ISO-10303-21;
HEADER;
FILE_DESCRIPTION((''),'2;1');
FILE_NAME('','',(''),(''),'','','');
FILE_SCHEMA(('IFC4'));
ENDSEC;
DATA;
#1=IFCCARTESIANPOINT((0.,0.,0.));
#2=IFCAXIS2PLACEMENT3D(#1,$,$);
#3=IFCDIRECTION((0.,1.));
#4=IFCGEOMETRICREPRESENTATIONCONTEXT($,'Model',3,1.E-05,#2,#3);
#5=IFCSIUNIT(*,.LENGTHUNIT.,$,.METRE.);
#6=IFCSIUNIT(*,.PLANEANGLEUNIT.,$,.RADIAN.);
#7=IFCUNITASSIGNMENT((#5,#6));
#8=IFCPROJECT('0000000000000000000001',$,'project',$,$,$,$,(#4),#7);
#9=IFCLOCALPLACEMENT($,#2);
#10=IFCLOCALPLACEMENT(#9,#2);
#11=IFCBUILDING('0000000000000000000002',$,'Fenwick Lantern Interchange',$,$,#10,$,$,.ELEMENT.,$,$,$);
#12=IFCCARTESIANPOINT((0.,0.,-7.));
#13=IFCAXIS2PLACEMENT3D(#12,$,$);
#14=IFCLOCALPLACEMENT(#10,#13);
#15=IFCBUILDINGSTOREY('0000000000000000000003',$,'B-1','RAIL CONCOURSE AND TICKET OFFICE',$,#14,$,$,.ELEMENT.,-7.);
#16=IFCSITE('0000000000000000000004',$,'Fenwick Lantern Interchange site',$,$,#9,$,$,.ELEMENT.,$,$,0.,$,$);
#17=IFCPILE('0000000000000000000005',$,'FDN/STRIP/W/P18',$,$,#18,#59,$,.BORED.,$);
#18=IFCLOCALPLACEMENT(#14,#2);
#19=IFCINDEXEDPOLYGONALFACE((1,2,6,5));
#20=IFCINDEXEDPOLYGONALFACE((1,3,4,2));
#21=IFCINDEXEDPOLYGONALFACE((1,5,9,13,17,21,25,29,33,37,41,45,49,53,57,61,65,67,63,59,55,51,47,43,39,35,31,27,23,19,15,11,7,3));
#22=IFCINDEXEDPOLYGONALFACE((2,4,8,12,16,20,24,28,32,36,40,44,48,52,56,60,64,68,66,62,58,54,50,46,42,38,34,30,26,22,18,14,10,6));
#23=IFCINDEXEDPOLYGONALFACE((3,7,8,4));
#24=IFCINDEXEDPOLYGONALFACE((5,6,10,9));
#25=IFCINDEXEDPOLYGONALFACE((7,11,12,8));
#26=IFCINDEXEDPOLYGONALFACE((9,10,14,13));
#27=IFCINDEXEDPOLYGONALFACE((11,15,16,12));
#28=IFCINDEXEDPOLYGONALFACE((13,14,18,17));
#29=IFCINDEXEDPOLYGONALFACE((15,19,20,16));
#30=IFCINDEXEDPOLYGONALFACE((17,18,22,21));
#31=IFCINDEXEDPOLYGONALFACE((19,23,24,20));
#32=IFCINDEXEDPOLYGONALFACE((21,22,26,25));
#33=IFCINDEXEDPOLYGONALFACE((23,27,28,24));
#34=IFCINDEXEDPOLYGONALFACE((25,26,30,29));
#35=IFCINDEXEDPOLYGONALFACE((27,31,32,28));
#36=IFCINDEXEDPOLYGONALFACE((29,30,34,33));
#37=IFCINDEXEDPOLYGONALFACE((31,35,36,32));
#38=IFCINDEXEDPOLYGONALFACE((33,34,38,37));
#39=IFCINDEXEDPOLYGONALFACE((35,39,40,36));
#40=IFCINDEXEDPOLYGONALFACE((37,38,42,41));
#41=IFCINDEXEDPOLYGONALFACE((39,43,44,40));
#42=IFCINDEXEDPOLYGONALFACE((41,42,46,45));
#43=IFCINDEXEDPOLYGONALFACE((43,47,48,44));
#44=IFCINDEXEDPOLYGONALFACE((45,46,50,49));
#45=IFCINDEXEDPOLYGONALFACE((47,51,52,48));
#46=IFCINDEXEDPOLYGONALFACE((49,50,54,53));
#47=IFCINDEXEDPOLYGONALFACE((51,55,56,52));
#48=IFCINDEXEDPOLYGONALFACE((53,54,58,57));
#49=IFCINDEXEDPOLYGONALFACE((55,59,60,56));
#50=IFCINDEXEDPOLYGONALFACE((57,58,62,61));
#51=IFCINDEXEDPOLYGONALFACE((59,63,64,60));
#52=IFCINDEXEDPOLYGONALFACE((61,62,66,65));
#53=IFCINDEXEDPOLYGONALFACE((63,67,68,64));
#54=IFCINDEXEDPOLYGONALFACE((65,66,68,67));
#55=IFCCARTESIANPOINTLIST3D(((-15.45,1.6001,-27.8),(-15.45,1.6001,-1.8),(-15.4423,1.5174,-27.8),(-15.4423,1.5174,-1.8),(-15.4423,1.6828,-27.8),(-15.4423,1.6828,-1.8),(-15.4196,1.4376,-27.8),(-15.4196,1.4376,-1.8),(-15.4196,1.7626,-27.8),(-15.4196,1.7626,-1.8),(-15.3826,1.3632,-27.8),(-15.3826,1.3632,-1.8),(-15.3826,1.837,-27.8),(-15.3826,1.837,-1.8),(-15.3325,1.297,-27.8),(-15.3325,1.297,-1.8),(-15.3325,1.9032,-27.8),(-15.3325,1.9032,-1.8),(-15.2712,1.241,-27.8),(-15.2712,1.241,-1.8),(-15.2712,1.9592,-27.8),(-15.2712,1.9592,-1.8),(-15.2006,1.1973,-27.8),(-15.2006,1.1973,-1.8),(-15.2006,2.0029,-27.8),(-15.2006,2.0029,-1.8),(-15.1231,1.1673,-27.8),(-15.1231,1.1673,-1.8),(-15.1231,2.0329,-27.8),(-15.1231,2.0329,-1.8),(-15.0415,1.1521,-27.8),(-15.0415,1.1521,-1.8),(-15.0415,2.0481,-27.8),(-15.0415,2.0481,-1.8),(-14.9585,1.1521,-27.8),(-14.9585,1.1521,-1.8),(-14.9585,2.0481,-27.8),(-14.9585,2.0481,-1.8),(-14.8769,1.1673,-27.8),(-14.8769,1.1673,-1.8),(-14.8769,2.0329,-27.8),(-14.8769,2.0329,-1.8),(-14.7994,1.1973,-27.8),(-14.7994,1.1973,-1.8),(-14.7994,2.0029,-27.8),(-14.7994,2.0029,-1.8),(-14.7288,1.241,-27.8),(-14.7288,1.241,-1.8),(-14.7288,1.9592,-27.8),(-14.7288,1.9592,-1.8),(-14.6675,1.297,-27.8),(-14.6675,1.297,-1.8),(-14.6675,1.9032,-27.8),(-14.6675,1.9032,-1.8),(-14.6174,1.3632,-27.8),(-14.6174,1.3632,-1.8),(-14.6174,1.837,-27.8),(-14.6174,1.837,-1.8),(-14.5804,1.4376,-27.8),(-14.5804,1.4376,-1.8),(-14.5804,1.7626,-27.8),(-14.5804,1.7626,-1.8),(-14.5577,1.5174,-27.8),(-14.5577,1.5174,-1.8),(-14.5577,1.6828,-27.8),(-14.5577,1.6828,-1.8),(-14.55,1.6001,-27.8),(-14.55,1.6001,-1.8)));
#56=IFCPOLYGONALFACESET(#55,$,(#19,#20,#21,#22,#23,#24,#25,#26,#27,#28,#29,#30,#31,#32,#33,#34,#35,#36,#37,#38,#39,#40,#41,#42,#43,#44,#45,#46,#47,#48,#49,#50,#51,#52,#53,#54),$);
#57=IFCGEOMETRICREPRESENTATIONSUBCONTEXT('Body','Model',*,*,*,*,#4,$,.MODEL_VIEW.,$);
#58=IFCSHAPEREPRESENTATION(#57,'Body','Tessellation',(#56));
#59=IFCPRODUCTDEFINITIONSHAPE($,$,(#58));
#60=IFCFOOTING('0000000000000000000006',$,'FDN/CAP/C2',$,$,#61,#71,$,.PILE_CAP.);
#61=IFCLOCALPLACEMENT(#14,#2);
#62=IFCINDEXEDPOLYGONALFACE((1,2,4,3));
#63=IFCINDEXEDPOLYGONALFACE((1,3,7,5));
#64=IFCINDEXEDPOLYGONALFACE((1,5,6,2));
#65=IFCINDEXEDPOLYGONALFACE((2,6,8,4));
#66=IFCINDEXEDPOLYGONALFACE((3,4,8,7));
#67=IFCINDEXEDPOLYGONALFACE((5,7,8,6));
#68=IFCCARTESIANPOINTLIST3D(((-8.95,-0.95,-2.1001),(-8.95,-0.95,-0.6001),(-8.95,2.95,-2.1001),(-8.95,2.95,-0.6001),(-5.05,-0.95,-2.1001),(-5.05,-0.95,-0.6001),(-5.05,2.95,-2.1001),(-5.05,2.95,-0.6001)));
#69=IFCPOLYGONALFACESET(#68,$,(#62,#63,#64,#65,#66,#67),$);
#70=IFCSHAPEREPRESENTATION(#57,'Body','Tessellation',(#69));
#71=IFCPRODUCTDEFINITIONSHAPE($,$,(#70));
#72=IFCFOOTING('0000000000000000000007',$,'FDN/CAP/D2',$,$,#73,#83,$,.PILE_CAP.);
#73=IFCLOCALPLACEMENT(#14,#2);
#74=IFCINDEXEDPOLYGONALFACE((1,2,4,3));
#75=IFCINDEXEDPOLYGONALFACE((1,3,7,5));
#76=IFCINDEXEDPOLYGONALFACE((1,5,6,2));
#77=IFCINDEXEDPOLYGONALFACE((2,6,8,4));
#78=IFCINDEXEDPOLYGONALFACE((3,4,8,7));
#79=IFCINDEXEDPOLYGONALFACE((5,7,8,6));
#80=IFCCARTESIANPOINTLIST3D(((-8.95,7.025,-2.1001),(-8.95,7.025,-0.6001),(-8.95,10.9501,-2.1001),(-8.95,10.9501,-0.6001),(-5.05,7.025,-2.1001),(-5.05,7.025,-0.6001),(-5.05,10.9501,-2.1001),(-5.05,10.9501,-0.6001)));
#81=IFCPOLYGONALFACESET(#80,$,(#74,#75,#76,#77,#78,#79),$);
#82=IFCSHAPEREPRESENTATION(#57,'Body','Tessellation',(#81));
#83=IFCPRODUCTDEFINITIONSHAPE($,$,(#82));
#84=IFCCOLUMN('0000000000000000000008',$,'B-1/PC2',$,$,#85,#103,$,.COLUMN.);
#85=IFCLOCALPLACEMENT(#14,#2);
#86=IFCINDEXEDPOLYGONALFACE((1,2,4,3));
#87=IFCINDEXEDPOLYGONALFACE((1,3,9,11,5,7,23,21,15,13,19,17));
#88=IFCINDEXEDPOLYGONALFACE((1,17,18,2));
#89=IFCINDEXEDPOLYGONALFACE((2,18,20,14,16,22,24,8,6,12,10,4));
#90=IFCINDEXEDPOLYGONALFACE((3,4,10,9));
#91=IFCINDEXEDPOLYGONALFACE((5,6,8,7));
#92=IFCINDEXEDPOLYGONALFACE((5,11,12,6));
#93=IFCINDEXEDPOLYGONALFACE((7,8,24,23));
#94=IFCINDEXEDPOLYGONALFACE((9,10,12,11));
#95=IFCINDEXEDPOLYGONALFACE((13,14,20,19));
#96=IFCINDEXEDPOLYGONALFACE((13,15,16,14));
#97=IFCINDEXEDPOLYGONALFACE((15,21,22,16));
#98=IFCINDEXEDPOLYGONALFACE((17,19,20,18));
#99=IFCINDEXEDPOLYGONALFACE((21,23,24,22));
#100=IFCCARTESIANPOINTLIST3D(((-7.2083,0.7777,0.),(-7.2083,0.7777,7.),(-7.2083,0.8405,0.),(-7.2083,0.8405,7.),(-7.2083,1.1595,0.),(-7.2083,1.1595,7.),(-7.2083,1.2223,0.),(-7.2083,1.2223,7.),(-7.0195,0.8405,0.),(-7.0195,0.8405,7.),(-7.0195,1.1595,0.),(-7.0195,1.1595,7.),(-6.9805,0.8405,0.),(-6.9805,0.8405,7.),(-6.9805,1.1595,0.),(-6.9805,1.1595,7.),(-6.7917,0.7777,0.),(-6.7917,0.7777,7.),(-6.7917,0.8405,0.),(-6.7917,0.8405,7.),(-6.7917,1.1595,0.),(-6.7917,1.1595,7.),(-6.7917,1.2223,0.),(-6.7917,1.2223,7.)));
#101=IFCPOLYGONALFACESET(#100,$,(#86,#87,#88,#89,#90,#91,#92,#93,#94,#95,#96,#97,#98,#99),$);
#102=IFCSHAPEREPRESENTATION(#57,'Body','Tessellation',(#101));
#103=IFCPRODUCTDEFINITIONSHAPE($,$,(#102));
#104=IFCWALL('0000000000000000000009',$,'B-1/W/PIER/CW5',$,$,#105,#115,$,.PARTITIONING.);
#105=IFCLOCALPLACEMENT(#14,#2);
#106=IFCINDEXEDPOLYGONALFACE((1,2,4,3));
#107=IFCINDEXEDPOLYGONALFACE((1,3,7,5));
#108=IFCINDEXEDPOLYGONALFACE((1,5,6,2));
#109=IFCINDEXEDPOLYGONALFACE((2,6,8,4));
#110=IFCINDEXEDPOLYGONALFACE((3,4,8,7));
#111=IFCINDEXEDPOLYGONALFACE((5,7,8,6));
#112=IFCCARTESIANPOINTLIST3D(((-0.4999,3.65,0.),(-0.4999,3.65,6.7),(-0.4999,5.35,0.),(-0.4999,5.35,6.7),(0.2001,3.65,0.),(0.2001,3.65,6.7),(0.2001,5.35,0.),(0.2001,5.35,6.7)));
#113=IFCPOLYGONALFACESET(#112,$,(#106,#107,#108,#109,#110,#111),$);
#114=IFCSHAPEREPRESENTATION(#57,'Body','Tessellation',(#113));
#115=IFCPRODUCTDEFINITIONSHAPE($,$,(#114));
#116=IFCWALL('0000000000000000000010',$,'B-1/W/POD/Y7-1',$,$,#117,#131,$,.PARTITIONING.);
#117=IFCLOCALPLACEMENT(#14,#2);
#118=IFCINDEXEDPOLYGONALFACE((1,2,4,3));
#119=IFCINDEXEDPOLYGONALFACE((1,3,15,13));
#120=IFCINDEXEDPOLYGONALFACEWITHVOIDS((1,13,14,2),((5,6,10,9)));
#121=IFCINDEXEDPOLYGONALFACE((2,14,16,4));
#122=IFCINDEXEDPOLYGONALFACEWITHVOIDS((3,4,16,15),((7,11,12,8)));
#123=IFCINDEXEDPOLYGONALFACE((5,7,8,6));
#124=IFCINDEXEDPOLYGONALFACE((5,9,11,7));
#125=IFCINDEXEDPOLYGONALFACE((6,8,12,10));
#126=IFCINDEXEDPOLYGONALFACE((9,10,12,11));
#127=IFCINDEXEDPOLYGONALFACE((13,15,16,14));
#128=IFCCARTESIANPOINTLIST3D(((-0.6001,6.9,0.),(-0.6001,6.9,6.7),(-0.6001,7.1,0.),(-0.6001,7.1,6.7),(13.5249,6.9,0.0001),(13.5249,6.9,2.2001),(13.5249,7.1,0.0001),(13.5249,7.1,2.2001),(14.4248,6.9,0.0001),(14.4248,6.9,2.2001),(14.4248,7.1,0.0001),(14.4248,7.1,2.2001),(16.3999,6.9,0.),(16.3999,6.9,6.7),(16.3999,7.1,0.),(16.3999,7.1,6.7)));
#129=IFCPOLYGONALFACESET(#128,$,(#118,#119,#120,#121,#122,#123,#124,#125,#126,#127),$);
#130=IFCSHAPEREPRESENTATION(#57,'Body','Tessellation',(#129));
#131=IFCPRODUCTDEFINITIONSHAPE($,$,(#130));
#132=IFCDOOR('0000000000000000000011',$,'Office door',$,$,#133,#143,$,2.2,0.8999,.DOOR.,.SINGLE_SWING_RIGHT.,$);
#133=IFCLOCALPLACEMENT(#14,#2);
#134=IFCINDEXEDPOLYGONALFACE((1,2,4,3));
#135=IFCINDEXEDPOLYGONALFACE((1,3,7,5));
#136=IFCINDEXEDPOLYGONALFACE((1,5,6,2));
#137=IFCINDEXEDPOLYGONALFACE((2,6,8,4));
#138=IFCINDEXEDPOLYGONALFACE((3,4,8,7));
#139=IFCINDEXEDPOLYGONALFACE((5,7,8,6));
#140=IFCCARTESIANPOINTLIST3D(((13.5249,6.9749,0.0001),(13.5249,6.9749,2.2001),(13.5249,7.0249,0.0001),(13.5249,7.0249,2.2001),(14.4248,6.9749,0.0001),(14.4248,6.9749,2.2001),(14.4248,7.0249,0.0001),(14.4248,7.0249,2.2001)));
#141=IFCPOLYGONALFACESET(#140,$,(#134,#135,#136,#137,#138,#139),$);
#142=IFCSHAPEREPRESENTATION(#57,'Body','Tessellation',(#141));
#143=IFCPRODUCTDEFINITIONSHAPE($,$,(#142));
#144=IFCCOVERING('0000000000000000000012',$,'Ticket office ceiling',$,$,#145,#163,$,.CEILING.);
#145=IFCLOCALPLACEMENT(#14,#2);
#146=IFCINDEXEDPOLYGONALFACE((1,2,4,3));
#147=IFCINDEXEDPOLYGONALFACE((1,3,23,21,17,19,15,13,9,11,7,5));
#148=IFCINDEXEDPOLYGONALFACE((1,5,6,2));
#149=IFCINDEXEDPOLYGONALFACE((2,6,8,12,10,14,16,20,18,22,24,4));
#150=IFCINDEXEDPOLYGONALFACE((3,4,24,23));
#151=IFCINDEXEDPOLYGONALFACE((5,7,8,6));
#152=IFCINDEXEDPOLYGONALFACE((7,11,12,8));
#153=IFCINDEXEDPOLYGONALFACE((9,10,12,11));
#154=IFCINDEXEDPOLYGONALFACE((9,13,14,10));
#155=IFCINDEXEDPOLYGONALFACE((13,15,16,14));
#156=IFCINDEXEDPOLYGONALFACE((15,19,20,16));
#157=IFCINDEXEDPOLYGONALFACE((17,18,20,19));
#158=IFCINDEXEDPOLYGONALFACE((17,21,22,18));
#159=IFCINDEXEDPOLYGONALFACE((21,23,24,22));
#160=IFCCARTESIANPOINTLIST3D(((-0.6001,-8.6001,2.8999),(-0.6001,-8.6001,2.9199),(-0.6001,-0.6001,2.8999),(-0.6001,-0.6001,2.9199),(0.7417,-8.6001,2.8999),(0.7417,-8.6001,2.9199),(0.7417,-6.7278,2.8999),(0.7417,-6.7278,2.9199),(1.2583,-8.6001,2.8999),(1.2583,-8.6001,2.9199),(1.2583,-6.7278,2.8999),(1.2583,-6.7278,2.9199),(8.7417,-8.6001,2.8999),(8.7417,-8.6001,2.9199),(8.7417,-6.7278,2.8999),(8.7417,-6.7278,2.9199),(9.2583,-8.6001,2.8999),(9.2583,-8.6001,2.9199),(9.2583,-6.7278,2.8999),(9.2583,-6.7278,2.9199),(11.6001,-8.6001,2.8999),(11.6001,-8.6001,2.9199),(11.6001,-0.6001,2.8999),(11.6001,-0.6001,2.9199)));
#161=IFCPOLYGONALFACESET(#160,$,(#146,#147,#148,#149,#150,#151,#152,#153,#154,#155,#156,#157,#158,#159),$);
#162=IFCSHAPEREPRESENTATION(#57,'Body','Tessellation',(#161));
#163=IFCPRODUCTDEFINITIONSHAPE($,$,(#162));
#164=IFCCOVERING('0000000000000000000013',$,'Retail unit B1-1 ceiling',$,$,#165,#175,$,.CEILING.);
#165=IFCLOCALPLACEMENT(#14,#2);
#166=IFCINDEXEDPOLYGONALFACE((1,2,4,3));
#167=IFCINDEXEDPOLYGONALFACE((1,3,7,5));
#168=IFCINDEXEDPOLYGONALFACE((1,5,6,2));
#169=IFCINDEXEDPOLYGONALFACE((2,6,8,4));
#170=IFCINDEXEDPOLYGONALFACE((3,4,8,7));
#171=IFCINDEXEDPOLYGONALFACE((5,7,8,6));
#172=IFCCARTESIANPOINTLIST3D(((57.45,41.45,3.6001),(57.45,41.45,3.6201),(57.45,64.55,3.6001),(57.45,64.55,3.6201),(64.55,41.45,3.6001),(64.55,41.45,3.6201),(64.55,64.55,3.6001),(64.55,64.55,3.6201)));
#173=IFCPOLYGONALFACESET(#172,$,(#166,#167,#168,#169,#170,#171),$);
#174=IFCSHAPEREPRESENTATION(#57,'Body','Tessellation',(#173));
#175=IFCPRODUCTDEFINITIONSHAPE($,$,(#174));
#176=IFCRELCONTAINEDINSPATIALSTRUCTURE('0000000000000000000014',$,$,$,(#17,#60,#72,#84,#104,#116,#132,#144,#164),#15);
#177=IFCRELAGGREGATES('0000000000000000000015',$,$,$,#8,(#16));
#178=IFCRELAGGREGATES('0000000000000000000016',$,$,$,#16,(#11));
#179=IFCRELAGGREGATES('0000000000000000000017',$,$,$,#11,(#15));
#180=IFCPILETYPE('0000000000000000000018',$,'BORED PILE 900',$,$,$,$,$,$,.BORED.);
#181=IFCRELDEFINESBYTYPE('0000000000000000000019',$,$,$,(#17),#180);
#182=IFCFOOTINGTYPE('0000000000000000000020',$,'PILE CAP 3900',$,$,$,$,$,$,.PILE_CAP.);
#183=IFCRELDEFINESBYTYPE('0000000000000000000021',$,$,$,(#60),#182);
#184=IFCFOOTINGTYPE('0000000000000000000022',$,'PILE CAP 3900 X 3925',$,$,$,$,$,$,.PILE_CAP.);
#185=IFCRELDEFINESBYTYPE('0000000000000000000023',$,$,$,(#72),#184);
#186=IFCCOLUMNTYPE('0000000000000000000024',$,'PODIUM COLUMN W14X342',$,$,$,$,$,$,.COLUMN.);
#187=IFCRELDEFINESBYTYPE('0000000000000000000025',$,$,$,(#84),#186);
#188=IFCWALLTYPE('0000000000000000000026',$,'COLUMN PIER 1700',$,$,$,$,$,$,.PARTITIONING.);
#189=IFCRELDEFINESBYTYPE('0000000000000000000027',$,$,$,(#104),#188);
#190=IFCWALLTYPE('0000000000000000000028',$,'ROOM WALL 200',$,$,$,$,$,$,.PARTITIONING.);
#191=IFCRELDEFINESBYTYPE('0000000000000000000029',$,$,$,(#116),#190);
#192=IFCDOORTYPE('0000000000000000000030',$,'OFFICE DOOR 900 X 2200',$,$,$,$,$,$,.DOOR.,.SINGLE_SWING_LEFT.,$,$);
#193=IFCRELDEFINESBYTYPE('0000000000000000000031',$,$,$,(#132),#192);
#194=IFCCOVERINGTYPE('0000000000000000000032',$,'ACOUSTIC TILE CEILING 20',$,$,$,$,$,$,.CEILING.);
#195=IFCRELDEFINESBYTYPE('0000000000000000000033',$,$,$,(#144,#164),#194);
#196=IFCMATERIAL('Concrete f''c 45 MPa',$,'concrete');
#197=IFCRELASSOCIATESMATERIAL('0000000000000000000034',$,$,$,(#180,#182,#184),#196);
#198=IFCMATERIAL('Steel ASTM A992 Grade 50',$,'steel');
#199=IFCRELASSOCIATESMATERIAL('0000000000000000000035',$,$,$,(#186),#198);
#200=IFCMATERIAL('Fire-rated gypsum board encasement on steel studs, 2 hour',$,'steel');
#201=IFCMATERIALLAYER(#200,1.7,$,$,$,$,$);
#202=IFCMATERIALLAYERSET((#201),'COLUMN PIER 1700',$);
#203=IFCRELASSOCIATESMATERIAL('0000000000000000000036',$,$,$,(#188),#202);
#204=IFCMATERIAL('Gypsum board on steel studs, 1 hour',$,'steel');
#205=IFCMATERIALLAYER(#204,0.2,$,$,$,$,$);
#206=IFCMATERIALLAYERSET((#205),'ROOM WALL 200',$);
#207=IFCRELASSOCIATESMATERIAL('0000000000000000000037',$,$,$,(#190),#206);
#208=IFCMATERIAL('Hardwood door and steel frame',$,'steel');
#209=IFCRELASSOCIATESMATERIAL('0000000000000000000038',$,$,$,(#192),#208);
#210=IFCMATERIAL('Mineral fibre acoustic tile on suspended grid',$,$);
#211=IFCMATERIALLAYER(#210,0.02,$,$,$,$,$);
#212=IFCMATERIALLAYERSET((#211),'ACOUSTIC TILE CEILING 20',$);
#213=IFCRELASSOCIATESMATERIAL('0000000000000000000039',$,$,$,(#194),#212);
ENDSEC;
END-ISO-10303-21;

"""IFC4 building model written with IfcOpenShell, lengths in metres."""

from ifc_helpers import new_model, si_unit, direction, frame, frame_2d, origin, origin_2d, place, context, subcontext, project, spatial, polyline, rectangle, circle, i_section, outline, extrude, material, layer, layer_set, material_profile, profile_set, type_object, element, fill, save


model = new_model("IFC4")

# Units and contexts
model_context = context("Model", 3, precision=1e-05, world=origin(), true_north=direction((0.0, 1.0)))
body_context = subcontext(model_context, "Body", "Model", "MODEL_VIEW")
ifc_project = project(units=[si_unit("LENGTHUNIT", "METRE"), si_unit("PLANEANGLEUNIT", "RADIAN")], contexts=[model_context])

# Site, building, storey
site_placement = place(None, origin())
site = spatial("IfcSite", under=ifc_project, at=site_placement, Name="Fenwick Lantern Interchange site", CompositionType="ELEMENT", RefElevation=0.0)
building_placement = place(site_placement, origin())
building = spatial("IfcBuilding", under=site, at=building_placement, Name="Fenwick Lantern Interchange", CompositionType="ELEMENT")
storey_placement = place(building_placement, frame((0.0, 0.0, -7.0)))
storey = spatial("IfcBuildingStorey", under=building, at=storey_placement, Name="B-1", Description="RAIL CONCOURSE AND TICKET OFFICE", CompositionType="ELEMENT", Elevation=-7.0)

# Pile
ifc_material_1 = material(Name="Concrete f'c 45 MPa", Category="concrete")
pile_type_1 = type_object("IfcPileType", Name="BORED PILE 900", PredefinedType="BORED", material=ifc_material_1)
for number, where, z_axis, x_axis, name in (
    (1, (-15.0, 1.6001, -1.8), (0.0, 0.0, -1.0), (1.0, 0.0, 0.0), "FDN/STRIP/W/P18"),
):
    element("IfcPile", number, at=place(storey_placement, frame(where, z_axis=z_axis, x_axis=x_axis)), inside=storey, type_object=pile_type_1, Name=name, PredefinedType="BORED", context=body_context, shape_type="SweptSolid", body=[
        extrude(circle(Radius=0.45, at=origin_2d()), origin(), (0.0, 0.0, 1.0), 26.0),
    ])

# Footings
footing_type_1 = type_object("IfcFootingType", Name="PILE CAP 3900", PredefinedType="PILE_CAP", material=ifc_material_1)
footing_1_placement = place(storey_placement, frame((-7.0, 1.0, -2.1001), z_axis=(0.0, 0.0, 1.0), x_axis=(1.0, 0.0, 0.0)))
element("IfcFooting", 2, at=footing_1_placement, inside=storey, type_object=footing_type_1, Name="FDN/CAP/C2", PredefinedType="PILE_CAP", context=body_context, shape_type="SweptSolid", body=[
    extrude(rectangle(XDim=3.8999, YDim=3.8999, at=origin_2d()), origin(), (0.0, 0.0, 1.0), 1.5),
])
footing_type_2 = type_object("IfcFootingType", Name="PILE CAP 3900 X 3925", PredefinedType="PILE_CAP", material=ifc_material_1)
footing_2_placement = place(storey_placement, frame((-7.0, 8.9875, -2.1001), z_axis=(0.0, 0.0, 1.0), x_axis=(1.0, 0.0, 0.0)))
element("IfcFooting", 3, at=footing_2_placement, inside=storey, type_object=footing_type_2, Name="FDN/CAP/D2", PredefinedType="PILE_CAP", context=body_context, shape_type="SweptSolid", body=[
    extrude(rectangle(XDim=3.8999, YDim=3.925, at=origin_2d()), origin(), (0.0, 0.0, 1.0), 1.5),
])

# Column
ifc_material_2 = material(Name="Steel ASTM A992 Grade 50", Category="steel")
ifc_material_profile = material_profile(ifc_material_2, i_section(OverallWidth=0.4165, OverallDepth=0.4446, WebThickness=0.0391, FlangeThickness=0.0627, at=origin_2d()), Name="W14X342")
ifc_profile_set = profile_set([ifc_material_profile], Name="Steel ASTM A992 Grade 50")
column_type = type_object("IfcColumnType", Name="PODIUM COLUMN W14X342", PredefinedType="COLUMN", material=ifc_profile_set)
column_placement = place(storey_placement, frame((-7.0, 1.0, 0.0), z_axis=(0.0, 0.0, 1.0), x_axis=(1.0, 0.0, 0.0)))
element("IfcColumn", 4, at=column_placement, inside=storey, type_object=column_type, Name="B-1/PC2", PredefinedType="COLUMN", context=body_context, shape_type="SweptSolid", body=[
    extrude(i_section(OverallWidth=0.4165, OverallDepth=0.4446, WebThickness=0.0391, FlangeThickness=0.0627, at=origin_2d()), origin(), (0.0, 0.0, 1.0), 7.0),
])

# Wall
ifc_material_3 = material(Name="Fire-rated gypsum board encasement on steel studs, 2 hour", Category="steel")
ifc_layer_1 = layer(ifc_material_3, 1.7)
ifc_layer_set_1 = layer_set([ifc_layer_1], Name="COLUMN PIER 1700")
wall_type_1 = type_object("IfcWallType", Name="COLUMN PIER 1700", PredefinedType="PARTITIONING", material=ifc_layer_set_1)
wall_1_placement = place(storey_placement, frame((-0.5, 4.5, 0.0), z_axis=(0.0, 0.0, 1.0), x_axis=(1.0, 0.0, 0.0)))
element("IfcWall", 5, at=wall_1_placement, inside=storey, type_object=wall_type_1, Name="B-1/W/PIER/CW5", PredefinedType="PARTITIONING", context=body_context, shape_type="SweptSolid", body=[
    extrude(rectangle(XDim=0.7, YDim=1.7, at=frame_2d((0.3501, 0.0))), origin(), (0.0, 0.0, 1.0), 6.7),
])

# Wall, opening, door
ifc_material_4 = material(Name="Gypsum board on steel studs, 1 hour", Category="steel")
ifc_layer_2 = layer(ifc_material_4, 0.2)
ifc_layer_set_2 = layer_set([ifc_layer_2], Name="ROOM WALL 200")
wall_type_2 = type_object("IfcWallType", Name="ROOM WALL 200", PredefinedType="PARTITIONING", material=ifc_layer_set_2)
wall_2_placement = place(storey_placement, frame((-0.6001, 7.0, 0.0), z_axis=(0.0, 0.0, 1.0), x_axis=(1.0, 0.0, 0.0)))
wall_2 = element("IfcWall", 6, at=wall_2_placement, inside=storey, type_object=wall_type_2, Name="B-1/W/POD/Y7-1", PredefinedType="PARTITIONING", context=body_context, shape_type="SweptSolid", body=[
    extrude(rectangle(XDim=17.0, YDim=0.2, at=frame_2d((8.5, 0.0))), origin(), (0.0, 0.0, 1.0), 6.7),
])
opening_placement = place(wall_2_placement, frame((14.125, 0.0, 0.0)))
opening = element("IfcOpeningElement", 7, at=opening_placement, cuts=wall_2, PredefinedType="OPENING", context=body_context, shape_type="SweptSolid", body=[
    extrude(rectangle(XDim=0.8999, YDim=2.2, at=frame_2d((0.45, 1.1001))), frame((0.0, 0.1099, 0.0), z_axis=(0.0, -1.0, 0.0), x_axis=(1.0, 0.0, 0.0)), (0.0, 0.0, 1.0), 0.22),
])
ifc_material_5 = material(Name="Hardwood door and steel frame", Category="steel")
door_type = type_object("IfcDoorType", Name="OFFICE DOOR 900 X 2200", OperationType="SINGLE_SWING_LEFT", PredefinedType="DOOR", material=ifc_material_5)
door_placement = place(opening_placement, origin())
door = element("IfcDoor", 8, at=door_placement, inside=storey, type_object=door_type, Name="Office door", OperationType="SINGLE_SWING_RIGHT", OverallHeight=2.2, OverallWidth=0.8999, PredefinedType="DOOR", context=body_context, shape_type="SweptSolid", body=[
    extrude(rectangle(XDim=0.8999, YDim=2.2, at=frame_2d((0.45, 1.1001))), frame((0.0, 0.0249, 0.0), z_axis=(0.0, -1.0, 0.0), x_axis=(1.0, 0.0, 0.0)), (0.0, 0.0, 1.0), 0.05),
])
fill(opening, door)

# Coverings
ifc_material_6 = material(Name="Mineral fibre acoustic tile on suspended grid")
ifc_layer_3 = layer(ifc_material_6, 0.02)
ifc_layer_set_3 = layer_set([ifc_layer_3], Name="ACOUSTIC TILE CEILING 20")
covering_type_1 = type_object("IfcCoveringType", Name="ACOUSTIC TILE CEILING 20", PredefinedType="CEILING", material=ifc_layer_set_3)
covering_1_placement = place(storey_placement, frame((0.0, 0.0, 2.8999)))
element("IfcCovering", 9, at=covering_1_placement, inside=storey, type_object=covering_type_1, Name="Ticket office ceiling", PredefinedType="CEILING", context=body_context, shape_type="SweptSolid", body=[
    extrude(outline(polyline([(11.6001, -0.6001), (-0.6001, -0.6001), (-0.6001, -8.6001), (0.7417, -8.6001), (0.7417, -6.7278), (1.2583, -6.7278), (1.2583, -8.6001), (8.7417, -8.6001), (8.7417, -6.7278), (9.2583, -6.7278), (9.2583, -8.6001), (11.6001, -8.6001), (11.6001, -0.6001)])), origin(), (0.0, 0.0, 1.0), 0.02),
])
covering_2_placement = place(storey_placement, frame((0.0, 0.0, 3.6001)))
element("IfcCovering", 10, at=covering_2_placement, inside=storey, type_object=covering_type_1, Name="Retail unit B1-1 ceiling", PredefinedType="CEILING", context=body_context, shape_type="SweptSolid", body=[
    extrude(outline(polyline([(57.45, 41.45), (64.55, 41.45), (64.55, 64.55), (57.45, 64.55), (57.45, 41.45)])), origin(), (0.0, 0.0, 1.0), 0.02),
])

save(model, "model.ifc")
